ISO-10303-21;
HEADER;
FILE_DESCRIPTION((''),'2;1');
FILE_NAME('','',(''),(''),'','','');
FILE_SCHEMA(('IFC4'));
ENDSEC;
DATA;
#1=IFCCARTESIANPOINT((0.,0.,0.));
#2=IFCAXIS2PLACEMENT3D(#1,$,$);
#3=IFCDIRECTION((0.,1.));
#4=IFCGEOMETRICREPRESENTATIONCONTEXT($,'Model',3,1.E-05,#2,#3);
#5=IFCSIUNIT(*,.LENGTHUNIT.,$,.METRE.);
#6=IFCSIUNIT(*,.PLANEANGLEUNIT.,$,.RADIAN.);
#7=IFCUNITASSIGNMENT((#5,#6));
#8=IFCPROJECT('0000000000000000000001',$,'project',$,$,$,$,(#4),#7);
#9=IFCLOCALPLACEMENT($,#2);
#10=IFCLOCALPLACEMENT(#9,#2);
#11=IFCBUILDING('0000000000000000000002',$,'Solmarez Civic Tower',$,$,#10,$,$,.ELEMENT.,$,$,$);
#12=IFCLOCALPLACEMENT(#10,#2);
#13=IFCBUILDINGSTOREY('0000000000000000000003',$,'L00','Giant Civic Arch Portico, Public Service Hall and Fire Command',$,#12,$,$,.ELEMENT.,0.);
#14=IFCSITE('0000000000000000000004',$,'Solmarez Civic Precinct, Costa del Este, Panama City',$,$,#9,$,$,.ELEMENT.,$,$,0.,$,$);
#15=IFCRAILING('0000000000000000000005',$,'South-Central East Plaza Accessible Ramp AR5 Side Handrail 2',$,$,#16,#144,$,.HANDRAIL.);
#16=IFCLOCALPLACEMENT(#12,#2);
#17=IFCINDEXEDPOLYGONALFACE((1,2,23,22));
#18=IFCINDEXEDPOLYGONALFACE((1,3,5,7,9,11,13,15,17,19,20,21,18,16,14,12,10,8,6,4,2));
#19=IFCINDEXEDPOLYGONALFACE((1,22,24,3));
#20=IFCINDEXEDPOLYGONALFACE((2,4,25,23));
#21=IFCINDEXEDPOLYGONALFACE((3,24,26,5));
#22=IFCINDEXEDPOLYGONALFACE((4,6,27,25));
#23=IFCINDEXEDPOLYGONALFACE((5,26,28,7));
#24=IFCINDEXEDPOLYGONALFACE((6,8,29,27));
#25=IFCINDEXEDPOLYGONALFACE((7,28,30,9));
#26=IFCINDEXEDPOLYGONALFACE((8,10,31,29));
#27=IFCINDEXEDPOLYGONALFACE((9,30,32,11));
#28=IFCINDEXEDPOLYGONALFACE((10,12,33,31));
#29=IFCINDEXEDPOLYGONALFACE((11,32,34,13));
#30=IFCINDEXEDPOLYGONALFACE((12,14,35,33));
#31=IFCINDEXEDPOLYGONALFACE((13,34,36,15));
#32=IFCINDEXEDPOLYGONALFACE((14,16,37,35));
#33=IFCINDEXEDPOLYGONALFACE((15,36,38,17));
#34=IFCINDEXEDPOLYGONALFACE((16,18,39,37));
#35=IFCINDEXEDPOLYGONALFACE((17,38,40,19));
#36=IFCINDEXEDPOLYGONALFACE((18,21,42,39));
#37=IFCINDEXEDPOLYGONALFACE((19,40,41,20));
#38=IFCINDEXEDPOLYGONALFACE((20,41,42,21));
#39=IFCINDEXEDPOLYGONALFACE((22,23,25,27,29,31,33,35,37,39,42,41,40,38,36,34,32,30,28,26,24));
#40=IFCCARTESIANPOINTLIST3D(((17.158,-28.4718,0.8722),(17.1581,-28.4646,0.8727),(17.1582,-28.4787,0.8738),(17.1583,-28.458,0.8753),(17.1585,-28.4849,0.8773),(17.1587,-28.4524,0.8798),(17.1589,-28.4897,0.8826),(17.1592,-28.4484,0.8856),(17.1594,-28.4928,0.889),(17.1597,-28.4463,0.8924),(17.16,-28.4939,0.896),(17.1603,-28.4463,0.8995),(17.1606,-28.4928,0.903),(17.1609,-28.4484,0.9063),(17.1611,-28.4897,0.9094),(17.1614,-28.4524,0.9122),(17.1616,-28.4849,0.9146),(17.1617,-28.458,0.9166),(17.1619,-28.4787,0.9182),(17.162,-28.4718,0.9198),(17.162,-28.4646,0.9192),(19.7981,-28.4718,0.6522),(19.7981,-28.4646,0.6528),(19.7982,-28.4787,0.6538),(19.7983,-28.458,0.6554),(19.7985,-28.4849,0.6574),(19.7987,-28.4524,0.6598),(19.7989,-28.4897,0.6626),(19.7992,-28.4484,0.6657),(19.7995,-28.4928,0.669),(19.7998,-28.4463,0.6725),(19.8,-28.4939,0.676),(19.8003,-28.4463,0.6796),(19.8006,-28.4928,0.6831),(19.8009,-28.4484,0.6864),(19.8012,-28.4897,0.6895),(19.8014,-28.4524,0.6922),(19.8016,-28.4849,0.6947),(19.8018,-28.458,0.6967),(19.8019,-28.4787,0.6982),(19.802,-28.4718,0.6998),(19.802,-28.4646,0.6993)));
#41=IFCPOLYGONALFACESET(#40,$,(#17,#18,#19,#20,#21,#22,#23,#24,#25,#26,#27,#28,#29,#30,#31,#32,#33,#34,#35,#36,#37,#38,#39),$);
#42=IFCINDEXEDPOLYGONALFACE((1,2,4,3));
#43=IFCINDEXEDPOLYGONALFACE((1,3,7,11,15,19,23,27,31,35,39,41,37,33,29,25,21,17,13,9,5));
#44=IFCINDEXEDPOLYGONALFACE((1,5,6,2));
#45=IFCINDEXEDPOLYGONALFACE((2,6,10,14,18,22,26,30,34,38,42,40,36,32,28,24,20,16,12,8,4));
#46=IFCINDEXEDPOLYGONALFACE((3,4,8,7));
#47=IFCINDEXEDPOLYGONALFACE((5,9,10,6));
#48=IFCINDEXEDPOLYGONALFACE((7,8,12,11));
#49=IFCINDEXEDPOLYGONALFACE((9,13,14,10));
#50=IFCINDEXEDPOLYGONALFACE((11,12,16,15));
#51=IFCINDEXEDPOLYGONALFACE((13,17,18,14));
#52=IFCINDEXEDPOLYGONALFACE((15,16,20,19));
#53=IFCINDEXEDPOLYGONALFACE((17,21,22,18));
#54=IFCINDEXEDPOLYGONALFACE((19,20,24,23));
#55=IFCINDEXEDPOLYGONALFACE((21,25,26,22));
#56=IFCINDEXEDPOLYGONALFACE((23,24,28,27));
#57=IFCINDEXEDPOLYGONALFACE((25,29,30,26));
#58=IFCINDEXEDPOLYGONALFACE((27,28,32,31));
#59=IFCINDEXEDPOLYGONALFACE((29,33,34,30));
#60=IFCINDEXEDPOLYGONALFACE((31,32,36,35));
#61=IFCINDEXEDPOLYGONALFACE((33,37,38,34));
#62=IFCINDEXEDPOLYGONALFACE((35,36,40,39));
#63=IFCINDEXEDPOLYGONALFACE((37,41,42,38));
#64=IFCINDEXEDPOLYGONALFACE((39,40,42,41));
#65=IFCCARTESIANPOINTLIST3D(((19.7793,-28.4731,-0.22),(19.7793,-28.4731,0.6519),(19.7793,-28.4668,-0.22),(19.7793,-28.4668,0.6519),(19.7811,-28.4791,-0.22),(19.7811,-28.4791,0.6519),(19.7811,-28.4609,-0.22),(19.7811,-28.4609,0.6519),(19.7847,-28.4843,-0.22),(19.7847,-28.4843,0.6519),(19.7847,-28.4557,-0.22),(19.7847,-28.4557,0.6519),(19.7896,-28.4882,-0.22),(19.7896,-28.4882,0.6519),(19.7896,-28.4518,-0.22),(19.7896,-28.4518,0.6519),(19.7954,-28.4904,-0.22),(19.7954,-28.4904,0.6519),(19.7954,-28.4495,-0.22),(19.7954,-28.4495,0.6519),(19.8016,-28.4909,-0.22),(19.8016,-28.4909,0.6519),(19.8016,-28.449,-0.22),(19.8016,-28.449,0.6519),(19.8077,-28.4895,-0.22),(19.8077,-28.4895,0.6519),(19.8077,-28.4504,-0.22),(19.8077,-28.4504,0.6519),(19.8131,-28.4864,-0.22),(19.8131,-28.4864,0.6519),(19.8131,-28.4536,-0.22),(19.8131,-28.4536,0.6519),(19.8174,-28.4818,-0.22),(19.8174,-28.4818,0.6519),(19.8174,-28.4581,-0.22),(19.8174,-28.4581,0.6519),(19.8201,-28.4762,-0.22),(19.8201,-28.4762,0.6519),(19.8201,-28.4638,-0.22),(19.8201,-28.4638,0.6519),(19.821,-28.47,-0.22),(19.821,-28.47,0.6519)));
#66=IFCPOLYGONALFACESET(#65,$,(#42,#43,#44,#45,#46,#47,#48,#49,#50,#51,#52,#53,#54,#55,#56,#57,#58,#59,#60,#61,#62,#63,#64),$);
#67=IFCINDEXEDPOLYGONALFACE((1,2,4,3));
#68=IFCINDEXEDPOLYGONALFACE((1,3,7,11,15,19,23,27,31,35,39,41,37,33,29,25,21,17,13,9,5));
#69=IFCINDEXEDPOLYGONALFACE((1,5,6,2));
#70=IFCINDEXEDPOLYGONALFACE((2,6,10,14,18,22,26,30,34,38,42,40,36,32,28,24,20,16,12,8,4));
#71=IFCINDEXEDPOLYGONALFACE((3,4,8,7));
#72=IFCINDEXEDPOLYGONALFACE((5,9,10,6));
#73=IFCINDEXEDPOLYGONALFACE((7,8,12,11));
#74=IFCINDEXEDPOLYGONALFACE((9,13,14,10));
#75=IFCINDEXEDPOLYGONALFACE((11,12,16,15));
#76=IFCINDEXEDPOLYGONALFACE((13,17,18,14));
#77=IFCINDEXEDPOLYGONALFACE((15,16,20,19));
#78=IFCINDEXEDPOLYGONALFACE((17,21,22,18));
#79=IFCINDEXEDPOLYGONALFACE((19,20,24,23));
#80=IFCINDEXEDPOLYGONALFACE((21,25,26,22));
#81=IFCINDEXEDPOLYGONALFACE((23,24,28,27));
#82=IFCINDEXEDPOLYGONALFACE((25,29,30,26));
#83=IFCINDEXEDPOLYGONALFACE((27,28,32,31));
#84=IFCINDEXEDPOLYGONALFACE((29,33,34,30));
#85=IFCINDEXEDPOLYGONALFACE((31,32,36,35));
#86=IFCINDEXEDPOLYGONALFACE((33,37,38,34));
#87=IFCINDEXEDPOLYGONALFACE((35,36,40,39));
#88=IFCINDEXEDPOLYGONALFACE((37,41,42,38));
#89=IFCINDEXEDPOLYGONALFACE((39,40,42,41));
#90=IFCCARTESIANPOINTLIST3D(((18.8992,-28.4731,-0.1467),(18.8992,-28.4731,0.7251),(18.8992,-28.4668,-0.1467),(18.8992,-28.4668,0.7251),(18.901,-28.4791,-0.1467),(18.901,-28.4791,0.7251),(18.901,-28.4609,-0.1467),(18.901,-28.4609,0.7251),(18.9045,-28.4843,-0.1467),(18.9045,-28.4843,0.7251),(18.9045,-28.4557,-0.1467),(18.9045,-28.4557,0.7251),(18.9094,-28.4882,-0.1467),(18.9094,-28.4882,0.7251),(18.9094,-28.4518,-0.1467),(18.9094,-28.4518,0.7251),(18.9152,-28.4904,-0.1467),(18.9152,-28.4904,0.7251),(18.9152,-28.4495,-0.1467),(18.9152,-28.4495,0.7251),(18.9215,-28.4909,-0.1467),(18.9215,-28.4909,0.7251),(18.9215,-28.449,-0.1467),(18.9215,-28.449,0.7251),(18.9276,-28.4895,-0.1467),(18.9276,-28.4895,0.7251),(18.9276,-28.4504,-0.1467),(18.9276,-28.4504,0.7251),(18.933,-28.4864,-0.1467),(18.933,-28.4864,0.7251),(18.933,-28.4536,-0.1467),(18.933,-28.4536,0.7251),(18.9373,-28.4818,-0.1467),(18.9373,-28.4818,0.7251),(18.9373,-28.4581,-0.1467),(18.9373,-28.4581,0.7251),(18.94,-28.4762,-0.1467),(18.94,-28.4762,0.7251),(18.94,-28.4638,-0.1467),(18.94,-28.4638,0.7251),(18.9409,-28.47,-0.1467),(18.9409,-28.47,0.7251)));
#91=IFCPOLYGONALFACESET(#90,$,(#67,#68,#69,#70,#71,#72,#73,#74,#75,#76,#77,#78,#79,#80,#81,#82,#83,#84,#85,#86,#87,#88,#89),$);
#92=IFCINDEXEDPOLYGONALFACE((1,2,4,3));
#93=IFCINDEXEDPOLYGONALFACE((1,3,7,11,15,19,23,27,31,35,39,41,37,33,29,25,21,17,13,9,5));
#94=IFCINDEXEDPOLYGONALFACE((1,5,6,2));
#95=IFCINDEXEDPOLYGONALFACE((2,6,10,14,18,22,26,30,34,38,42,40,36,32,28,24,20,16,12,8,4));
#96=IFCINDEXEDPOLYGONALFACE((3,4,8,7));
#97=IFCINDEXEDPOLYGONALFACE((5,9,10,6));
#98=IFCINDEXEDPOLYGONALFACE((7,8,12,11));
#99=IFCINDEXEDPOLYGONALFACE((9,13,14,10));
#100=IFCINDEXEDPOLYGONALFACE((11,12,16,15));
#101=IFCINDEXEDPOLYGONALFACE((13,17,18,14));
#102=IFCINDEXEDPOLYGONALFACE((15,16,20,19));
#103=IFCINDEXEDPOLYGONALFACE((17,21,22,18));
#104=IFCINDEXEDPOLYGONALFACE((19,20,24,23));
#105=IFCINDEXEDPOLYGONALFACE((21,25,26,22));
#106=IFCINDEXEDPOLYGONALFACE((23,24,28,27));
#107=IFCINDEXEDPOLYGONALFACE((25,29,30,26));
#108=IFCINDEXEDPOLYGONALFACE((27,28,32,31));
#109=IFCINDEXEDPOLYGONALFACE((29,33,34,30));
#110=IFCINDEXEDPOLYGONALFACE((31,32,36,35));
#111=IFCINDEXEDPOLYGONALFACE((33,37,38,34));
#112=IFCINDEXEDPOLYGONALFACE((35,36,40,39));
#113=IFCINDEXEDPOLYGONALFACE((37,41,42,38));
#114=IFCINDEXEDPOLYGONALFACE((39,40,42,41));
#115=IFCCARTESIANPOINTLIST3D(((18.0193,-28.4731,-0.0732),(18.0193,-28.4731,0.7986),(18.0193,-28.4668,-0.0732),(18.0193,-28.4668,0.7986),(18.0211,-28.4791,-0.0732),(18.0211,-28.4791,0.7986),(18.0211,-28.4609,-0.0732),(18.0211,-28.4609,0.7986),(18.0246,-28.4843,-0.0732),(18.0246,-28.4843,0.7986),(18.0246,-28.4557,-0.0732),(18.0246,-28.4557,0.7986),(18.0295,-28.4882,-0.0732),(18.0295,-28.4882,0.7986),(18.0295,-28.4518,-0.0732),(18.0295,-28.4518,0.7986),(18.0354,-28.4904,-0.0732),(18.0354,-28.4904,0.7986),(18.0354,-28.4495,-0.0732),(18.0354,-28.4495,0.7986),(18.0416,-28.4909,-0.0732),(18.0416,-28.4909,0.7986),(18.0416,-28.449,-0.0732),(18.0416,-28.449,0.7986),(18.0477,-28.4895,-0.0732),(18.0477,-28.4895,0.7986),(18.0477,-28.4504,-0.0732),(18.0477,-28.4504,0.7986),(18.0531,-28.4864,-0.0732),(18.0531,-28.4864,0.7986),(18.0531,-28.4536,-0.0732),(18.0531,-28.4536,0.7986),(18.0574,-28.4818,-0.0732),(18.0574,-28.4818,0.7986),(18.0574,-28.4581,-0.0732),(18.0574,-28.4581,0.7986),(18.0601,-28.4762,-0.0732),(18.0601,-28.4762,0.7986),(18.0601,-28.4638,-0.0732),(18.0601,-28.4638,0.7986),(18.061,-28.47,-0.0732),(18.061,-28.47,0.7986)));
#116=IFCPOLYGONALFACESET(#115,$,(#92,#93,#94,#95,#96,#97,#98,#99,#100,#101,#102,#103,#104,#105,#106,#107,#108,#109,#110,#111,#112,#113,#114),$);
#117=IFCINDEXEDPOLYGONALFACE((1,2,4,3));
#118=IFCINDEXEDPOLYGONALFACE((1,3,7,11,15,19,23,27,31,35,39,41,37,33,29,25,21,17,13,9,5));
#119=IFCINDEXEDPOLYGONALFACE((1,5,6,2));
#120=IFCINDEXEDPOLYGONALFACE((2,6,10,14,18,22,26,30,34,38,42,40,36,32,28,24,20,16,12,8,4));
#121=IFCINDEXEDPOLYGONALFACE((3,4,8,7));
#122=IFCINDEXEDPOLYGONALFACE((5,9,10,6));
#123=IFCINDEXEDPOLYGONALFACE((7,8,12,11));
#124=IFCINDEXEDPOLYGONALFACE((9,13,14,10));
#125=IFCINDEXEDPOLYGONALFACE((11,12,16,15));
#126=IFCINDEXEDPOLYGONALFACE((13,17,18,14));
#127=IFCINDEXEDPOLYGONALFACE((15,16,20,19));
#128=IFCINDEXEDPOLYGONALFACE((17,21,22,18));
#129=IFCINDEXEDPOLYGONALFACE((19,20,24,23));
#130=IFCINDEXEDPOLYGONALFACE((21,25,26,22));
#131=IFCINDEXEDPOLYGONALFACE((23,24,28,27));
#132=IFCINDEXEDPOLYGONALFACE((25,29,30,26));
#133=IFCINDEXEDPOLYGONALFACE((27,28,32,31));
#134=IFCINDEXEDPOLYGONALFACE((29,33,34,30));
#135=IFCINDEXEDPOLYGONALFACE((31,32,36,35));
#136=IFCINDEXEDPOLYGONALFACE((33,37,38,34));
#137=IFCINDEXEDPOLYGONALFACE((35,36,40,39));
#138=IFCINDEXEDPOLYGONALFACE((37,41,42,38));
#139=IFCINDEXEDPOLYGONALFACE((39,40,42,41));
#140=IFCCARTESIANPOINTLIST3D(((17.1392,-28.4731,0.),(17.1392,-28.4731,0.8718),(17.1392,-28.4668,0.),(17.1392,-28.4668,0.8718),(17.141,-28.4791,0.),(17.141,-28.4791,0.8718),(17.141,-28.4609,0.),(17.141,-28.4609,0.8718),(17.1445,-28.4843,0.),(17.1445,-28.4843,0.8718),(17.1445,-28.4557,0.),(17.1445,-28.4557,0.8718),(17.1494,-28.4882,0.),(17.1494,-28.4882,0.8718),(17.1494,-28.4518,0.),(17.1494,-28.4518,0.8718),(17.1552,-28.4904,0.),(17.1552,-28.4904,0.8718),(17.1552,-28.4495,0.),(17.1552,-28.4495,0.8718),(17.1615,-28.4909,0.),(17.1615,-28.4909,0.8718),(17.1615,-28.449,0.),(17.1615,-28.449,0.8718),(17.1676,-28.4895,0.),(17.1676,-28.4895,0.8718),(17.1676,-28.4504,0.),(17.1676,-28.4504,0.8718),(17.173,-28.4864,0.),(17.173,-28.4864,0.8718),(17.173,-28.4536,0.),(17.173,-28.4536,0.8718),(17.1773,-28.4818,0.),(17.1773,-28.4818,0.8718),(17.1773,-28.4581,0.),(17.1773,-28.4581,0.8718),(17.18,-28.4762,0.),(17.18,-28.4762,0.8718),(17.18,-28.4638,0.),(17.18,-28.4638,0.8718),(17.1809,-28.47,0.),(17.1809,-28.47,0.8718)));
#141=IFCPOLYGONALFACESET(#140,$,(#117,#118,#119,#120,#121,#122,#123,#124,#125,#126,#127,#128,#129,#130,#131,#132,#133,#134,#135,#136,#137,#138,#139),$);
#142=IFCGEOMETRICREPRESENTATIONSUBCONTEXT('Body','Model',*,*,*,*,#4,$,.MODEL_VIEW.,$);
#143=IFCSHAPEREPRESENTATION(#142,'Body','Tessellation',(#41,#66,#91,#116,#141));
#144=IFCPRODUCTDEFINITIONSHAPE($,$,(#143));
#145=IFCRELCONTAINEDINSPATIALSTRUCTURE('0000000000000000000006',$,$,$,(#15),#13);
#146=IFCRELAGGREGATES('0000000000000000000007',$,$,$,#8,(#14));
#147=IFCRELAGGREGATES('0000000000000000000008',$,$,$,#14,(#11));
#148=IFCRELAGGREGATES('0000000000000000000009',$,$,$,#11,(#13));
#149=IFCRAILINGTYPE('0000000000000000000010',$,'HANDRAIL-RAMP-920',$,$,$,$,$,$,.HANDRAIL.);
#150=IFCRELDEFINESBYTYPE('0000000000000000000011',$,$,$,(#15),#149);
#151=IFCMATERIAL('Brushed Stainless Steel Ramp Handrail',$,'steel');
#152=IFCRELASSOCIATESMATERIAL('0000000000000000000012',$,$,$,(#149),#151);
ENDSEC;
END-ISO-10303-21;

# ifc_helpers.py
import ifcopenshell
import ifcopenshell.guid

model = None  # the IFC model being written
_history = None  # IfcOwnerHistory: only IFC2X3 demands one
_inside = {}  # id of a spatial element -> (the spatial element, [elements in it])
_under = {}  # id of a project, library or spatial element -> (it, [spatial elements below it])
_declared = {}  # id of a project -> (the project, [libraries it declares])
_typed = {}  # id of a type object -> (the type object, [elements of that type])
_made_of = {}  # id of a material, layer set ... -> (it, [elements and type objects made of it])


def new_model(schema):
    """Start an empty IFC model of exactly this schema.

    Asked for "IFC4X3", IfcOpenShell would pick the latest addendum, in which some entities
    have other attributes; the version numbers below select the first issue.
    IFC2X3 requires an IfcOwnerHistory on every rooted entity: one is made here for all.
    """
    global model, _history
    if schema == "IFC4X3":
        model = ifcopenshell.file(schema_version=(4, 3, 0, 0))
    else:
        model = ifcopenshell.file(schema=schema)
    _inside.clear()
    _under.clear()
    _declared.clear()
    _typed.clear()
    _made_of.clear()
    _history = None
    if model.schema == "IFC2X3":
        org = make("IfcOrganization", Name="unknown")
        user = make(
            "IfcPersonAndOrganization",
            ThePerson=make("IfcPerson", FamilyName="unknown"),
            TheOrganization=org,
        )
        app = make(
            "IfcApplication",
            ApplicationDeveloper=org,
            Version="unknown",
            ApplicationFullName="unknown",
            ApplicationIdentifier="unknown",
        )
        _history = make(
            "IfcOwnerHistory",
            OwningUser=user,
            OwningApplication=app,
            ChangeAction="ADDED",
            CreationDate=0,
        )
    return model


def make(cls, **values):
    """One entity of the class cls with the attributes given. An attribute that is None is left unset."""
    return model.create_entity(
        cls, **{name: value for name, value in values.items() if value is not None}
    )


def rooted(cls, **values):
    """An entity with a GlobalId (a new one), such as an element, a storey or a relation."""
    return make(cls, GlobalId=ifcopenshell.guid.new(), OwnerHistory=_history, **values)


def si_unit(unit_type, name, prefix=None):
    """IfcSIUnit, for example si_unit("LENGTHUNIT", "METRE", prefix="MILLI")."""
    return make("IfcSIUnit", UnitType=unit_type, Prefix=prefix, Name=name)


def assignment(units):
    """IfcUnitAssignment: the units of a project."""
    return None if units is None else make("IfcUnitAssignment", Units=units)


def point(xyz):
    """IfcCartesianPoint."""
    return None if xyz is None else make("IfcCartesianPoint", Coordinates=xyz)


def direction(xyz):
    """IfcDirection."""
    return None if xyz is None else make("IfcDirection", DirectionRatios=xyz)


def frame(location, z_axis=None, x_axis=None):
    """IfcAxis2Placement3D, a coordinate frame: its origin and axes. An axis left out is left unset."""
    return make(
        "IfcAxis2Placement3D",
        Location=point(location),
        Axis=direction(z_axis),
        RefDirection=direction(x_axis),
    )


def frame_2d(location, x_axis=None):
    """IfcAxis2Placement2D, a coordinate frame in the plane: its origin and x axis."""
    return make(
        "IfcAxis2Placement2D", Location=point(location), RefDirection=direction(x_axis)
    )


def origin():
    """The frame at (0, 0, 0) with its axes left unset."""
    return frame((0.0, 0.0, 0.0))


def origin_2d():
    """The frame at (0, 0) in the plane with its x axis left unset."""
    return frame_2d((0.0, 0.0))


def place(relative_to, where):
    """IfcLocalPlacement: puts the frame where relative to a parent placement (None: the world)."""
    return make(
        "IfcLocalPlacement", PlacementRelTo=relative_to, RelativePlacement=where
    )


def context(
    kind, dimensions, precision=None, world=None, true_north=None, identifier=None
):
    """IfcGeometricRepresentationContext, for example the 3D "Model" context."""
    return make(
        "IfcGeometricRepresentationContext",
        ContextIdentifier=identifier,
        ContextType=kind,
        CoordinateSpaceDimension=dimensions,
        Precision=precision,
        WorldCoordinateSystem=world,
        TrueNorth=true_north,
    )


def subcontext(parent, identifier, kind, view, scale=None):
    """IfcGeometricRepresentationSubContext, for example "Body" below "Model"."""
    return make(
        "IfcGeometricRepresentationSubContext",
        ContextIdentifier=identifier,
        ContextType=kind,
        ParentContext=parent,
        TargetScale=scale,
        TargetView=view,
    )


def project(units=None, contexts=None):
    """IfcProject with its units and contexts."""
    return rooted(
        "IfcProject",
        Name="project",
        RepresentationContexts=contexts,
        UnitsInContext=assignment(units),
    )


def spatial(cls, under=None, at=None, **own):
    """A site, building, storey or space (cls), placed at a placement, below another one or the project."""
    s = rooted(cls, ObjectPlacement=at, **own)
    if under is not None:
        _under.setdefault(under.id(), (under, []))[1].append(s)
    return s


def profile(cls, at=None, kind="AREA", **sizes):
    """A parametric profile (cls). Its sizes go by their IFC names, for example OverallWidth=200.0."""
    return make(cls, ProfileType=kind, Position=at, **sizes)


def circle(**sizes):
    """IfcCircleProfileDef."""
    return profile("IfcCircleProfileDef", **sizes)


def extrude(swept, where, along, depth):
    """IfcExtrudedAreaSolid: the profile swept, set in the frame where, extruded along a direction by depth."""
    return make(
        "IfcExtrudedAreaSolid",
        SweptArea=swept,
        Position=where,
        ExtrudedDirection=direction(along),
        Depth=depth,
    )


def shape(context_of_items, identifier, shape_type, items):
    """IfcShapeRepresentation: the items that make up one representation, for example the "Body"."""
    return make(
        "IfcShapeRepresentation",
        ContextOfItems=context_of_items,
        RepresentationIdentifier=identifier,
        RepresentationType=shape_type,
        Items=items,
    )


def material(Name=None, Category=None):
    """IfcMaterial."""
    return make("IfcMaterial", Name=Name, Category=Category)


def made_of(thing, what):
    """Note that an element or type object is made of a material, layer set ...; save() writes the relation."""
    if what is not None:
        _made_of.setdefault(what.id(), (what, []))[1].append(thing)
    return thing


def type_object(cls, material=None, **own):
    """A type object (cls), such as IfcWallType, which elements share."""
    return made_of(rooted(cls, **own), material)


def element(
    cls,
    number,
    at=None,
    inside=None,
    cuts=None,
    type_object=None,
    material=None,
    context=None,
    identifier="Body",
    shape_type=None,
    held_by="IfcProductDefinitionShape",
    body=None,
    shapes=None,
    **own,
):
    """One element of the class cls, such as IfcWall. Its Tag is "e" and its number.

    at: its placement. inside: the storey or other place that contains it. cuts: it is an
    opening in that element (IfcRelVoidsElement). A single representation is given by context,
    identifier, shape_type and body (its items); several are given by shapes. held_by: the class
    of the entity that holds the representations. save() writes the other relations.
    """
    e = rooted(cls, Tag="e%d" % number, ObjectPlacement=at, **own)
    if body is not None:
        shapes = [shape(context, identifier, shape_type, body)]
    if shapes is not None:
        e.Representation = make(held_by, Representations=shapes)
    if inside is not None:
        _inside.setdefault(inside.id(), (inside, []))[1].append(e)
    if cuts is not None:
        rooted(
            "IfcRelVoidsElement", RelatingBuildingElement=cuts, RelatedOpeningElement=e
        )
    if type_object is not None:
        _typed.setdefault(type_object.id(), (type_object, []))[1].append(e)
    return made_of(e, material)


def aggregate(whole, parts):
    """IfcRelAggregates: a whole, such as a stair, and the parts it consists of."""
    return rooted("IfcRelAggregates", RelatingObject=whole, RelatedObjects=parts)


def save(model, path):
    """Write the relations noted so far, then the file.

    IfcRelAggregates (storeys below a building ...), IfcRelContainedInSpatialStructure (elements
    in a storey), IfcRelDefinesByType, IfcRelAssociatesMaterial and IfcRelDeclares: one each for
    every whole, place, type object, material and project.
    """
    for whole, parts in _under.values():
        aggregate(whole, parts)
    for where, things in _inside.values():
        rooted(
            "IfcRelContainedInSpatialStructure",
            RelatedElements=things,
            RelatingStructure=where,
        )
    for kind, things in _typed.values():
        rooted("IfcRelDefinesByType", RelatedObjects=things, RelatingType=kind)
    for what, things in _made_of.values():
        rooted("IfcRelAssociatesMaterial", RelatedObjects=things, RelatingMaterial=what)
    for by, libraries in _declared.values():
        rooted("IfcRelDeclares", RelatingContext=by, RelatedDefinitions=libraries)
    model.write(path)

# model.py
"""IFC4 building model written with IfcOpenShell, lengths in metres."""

from ifc_helpers import new_model, si_unit, direction, frame, origin, origin_2d, place, context, subcontext, project, spatial, circle, extrude, material, type_object, element, save


model = new_model("IFC4")

# Units and contexts
model_context = context("Model", 3, precision=1e-05, world=origin(), true_north=direction((0.0, 1.0)))
body_context = subcontext(model_context, "Body", "Model", "MODEL_VIEW")
ifc_project = project(units=[si_unit("LENGTHUNIT", "METRE"), si_unit("PLANEANGLEUNIT", "RADIAN")], contexts=[model_context])

# Site, building, storey
site_placement = place(None, origin())
site = spatial("IfcSite", under=ifc_project, at=site_placement, Name="Solmarez Civic Precinct, Costa del Este, Panama City", CompositionType="ELEMENT", RefElevation=0.0)
building_placement = place(site_placement, origin())
building = spatial("IfcBuilding", under=site, at=building_placement, Name="Solmarez Civic Tower", CompositionType="ELEMENT")
storey_placement = place(building_placement, origin())
storey = spatial("IfcBuildingStorey", under=building, at=storey_placement, Name="L00", Description="Giant Civic Arch Portico, Public Service Hall and Fire Command", CompositionType="ELEMENT", Elevation=0.0)

# Railing
ifc_material_1 = material(Name="Brushed Stainless Steel Ramp Handrail", Category="steel")
railing_type = type_object("IfcRailingType", Name="HANDRAIL-RAMP-920", PredefinedType="HANDRAIL", material=ifc_material_1)
for number, where, name in (
    (1, (19.8, -28.47, -0.22), "South-Central East Plaza Accessible Ramp AR5 Side Handrail 2"),
):
    element("IfcRailing", number, at=place(storey_placement, frame(where)), inside=storey, type_object=railing_type, Name=name, PredefinedType="HANDRAIL", context=body_context, shape_type="SweptSolid", body=[
        extrude(circle(Radius=0.0239, at=origin_2d()), frame((0.0, 0.0, 0.896), z_axis=(-0.996547, 0.0, 0.08303), x_axis=(0.0, -1.0, 0.0)), (0.0, 0.0, 1.0), 2.6492),
        extrude(circle(Radius=0.021, at=origin_2d()), origin(), (0.0, 0.0, 1.0), 0.8718),
        extrude(circle(Radius=0.021, at=origin_2d()), frame((-0.8801, 0.0, 0.0732)), (0.0, 0.0, 1.0), 0.8718),
        extrude(circle(Radius=0.021, at=origin_2d()), frame((-1.76, 0.0, 0.1467)), (0.0, 0.0, 1.0), 0.8718),
        extrude(circle(Radius=0.021, at=origin_2d()), frame((-2.6401, 0.0, 0.22)), (0.0, 0.0, 1.0), 0.8718),
    ])

save(model, "model.ifc")
